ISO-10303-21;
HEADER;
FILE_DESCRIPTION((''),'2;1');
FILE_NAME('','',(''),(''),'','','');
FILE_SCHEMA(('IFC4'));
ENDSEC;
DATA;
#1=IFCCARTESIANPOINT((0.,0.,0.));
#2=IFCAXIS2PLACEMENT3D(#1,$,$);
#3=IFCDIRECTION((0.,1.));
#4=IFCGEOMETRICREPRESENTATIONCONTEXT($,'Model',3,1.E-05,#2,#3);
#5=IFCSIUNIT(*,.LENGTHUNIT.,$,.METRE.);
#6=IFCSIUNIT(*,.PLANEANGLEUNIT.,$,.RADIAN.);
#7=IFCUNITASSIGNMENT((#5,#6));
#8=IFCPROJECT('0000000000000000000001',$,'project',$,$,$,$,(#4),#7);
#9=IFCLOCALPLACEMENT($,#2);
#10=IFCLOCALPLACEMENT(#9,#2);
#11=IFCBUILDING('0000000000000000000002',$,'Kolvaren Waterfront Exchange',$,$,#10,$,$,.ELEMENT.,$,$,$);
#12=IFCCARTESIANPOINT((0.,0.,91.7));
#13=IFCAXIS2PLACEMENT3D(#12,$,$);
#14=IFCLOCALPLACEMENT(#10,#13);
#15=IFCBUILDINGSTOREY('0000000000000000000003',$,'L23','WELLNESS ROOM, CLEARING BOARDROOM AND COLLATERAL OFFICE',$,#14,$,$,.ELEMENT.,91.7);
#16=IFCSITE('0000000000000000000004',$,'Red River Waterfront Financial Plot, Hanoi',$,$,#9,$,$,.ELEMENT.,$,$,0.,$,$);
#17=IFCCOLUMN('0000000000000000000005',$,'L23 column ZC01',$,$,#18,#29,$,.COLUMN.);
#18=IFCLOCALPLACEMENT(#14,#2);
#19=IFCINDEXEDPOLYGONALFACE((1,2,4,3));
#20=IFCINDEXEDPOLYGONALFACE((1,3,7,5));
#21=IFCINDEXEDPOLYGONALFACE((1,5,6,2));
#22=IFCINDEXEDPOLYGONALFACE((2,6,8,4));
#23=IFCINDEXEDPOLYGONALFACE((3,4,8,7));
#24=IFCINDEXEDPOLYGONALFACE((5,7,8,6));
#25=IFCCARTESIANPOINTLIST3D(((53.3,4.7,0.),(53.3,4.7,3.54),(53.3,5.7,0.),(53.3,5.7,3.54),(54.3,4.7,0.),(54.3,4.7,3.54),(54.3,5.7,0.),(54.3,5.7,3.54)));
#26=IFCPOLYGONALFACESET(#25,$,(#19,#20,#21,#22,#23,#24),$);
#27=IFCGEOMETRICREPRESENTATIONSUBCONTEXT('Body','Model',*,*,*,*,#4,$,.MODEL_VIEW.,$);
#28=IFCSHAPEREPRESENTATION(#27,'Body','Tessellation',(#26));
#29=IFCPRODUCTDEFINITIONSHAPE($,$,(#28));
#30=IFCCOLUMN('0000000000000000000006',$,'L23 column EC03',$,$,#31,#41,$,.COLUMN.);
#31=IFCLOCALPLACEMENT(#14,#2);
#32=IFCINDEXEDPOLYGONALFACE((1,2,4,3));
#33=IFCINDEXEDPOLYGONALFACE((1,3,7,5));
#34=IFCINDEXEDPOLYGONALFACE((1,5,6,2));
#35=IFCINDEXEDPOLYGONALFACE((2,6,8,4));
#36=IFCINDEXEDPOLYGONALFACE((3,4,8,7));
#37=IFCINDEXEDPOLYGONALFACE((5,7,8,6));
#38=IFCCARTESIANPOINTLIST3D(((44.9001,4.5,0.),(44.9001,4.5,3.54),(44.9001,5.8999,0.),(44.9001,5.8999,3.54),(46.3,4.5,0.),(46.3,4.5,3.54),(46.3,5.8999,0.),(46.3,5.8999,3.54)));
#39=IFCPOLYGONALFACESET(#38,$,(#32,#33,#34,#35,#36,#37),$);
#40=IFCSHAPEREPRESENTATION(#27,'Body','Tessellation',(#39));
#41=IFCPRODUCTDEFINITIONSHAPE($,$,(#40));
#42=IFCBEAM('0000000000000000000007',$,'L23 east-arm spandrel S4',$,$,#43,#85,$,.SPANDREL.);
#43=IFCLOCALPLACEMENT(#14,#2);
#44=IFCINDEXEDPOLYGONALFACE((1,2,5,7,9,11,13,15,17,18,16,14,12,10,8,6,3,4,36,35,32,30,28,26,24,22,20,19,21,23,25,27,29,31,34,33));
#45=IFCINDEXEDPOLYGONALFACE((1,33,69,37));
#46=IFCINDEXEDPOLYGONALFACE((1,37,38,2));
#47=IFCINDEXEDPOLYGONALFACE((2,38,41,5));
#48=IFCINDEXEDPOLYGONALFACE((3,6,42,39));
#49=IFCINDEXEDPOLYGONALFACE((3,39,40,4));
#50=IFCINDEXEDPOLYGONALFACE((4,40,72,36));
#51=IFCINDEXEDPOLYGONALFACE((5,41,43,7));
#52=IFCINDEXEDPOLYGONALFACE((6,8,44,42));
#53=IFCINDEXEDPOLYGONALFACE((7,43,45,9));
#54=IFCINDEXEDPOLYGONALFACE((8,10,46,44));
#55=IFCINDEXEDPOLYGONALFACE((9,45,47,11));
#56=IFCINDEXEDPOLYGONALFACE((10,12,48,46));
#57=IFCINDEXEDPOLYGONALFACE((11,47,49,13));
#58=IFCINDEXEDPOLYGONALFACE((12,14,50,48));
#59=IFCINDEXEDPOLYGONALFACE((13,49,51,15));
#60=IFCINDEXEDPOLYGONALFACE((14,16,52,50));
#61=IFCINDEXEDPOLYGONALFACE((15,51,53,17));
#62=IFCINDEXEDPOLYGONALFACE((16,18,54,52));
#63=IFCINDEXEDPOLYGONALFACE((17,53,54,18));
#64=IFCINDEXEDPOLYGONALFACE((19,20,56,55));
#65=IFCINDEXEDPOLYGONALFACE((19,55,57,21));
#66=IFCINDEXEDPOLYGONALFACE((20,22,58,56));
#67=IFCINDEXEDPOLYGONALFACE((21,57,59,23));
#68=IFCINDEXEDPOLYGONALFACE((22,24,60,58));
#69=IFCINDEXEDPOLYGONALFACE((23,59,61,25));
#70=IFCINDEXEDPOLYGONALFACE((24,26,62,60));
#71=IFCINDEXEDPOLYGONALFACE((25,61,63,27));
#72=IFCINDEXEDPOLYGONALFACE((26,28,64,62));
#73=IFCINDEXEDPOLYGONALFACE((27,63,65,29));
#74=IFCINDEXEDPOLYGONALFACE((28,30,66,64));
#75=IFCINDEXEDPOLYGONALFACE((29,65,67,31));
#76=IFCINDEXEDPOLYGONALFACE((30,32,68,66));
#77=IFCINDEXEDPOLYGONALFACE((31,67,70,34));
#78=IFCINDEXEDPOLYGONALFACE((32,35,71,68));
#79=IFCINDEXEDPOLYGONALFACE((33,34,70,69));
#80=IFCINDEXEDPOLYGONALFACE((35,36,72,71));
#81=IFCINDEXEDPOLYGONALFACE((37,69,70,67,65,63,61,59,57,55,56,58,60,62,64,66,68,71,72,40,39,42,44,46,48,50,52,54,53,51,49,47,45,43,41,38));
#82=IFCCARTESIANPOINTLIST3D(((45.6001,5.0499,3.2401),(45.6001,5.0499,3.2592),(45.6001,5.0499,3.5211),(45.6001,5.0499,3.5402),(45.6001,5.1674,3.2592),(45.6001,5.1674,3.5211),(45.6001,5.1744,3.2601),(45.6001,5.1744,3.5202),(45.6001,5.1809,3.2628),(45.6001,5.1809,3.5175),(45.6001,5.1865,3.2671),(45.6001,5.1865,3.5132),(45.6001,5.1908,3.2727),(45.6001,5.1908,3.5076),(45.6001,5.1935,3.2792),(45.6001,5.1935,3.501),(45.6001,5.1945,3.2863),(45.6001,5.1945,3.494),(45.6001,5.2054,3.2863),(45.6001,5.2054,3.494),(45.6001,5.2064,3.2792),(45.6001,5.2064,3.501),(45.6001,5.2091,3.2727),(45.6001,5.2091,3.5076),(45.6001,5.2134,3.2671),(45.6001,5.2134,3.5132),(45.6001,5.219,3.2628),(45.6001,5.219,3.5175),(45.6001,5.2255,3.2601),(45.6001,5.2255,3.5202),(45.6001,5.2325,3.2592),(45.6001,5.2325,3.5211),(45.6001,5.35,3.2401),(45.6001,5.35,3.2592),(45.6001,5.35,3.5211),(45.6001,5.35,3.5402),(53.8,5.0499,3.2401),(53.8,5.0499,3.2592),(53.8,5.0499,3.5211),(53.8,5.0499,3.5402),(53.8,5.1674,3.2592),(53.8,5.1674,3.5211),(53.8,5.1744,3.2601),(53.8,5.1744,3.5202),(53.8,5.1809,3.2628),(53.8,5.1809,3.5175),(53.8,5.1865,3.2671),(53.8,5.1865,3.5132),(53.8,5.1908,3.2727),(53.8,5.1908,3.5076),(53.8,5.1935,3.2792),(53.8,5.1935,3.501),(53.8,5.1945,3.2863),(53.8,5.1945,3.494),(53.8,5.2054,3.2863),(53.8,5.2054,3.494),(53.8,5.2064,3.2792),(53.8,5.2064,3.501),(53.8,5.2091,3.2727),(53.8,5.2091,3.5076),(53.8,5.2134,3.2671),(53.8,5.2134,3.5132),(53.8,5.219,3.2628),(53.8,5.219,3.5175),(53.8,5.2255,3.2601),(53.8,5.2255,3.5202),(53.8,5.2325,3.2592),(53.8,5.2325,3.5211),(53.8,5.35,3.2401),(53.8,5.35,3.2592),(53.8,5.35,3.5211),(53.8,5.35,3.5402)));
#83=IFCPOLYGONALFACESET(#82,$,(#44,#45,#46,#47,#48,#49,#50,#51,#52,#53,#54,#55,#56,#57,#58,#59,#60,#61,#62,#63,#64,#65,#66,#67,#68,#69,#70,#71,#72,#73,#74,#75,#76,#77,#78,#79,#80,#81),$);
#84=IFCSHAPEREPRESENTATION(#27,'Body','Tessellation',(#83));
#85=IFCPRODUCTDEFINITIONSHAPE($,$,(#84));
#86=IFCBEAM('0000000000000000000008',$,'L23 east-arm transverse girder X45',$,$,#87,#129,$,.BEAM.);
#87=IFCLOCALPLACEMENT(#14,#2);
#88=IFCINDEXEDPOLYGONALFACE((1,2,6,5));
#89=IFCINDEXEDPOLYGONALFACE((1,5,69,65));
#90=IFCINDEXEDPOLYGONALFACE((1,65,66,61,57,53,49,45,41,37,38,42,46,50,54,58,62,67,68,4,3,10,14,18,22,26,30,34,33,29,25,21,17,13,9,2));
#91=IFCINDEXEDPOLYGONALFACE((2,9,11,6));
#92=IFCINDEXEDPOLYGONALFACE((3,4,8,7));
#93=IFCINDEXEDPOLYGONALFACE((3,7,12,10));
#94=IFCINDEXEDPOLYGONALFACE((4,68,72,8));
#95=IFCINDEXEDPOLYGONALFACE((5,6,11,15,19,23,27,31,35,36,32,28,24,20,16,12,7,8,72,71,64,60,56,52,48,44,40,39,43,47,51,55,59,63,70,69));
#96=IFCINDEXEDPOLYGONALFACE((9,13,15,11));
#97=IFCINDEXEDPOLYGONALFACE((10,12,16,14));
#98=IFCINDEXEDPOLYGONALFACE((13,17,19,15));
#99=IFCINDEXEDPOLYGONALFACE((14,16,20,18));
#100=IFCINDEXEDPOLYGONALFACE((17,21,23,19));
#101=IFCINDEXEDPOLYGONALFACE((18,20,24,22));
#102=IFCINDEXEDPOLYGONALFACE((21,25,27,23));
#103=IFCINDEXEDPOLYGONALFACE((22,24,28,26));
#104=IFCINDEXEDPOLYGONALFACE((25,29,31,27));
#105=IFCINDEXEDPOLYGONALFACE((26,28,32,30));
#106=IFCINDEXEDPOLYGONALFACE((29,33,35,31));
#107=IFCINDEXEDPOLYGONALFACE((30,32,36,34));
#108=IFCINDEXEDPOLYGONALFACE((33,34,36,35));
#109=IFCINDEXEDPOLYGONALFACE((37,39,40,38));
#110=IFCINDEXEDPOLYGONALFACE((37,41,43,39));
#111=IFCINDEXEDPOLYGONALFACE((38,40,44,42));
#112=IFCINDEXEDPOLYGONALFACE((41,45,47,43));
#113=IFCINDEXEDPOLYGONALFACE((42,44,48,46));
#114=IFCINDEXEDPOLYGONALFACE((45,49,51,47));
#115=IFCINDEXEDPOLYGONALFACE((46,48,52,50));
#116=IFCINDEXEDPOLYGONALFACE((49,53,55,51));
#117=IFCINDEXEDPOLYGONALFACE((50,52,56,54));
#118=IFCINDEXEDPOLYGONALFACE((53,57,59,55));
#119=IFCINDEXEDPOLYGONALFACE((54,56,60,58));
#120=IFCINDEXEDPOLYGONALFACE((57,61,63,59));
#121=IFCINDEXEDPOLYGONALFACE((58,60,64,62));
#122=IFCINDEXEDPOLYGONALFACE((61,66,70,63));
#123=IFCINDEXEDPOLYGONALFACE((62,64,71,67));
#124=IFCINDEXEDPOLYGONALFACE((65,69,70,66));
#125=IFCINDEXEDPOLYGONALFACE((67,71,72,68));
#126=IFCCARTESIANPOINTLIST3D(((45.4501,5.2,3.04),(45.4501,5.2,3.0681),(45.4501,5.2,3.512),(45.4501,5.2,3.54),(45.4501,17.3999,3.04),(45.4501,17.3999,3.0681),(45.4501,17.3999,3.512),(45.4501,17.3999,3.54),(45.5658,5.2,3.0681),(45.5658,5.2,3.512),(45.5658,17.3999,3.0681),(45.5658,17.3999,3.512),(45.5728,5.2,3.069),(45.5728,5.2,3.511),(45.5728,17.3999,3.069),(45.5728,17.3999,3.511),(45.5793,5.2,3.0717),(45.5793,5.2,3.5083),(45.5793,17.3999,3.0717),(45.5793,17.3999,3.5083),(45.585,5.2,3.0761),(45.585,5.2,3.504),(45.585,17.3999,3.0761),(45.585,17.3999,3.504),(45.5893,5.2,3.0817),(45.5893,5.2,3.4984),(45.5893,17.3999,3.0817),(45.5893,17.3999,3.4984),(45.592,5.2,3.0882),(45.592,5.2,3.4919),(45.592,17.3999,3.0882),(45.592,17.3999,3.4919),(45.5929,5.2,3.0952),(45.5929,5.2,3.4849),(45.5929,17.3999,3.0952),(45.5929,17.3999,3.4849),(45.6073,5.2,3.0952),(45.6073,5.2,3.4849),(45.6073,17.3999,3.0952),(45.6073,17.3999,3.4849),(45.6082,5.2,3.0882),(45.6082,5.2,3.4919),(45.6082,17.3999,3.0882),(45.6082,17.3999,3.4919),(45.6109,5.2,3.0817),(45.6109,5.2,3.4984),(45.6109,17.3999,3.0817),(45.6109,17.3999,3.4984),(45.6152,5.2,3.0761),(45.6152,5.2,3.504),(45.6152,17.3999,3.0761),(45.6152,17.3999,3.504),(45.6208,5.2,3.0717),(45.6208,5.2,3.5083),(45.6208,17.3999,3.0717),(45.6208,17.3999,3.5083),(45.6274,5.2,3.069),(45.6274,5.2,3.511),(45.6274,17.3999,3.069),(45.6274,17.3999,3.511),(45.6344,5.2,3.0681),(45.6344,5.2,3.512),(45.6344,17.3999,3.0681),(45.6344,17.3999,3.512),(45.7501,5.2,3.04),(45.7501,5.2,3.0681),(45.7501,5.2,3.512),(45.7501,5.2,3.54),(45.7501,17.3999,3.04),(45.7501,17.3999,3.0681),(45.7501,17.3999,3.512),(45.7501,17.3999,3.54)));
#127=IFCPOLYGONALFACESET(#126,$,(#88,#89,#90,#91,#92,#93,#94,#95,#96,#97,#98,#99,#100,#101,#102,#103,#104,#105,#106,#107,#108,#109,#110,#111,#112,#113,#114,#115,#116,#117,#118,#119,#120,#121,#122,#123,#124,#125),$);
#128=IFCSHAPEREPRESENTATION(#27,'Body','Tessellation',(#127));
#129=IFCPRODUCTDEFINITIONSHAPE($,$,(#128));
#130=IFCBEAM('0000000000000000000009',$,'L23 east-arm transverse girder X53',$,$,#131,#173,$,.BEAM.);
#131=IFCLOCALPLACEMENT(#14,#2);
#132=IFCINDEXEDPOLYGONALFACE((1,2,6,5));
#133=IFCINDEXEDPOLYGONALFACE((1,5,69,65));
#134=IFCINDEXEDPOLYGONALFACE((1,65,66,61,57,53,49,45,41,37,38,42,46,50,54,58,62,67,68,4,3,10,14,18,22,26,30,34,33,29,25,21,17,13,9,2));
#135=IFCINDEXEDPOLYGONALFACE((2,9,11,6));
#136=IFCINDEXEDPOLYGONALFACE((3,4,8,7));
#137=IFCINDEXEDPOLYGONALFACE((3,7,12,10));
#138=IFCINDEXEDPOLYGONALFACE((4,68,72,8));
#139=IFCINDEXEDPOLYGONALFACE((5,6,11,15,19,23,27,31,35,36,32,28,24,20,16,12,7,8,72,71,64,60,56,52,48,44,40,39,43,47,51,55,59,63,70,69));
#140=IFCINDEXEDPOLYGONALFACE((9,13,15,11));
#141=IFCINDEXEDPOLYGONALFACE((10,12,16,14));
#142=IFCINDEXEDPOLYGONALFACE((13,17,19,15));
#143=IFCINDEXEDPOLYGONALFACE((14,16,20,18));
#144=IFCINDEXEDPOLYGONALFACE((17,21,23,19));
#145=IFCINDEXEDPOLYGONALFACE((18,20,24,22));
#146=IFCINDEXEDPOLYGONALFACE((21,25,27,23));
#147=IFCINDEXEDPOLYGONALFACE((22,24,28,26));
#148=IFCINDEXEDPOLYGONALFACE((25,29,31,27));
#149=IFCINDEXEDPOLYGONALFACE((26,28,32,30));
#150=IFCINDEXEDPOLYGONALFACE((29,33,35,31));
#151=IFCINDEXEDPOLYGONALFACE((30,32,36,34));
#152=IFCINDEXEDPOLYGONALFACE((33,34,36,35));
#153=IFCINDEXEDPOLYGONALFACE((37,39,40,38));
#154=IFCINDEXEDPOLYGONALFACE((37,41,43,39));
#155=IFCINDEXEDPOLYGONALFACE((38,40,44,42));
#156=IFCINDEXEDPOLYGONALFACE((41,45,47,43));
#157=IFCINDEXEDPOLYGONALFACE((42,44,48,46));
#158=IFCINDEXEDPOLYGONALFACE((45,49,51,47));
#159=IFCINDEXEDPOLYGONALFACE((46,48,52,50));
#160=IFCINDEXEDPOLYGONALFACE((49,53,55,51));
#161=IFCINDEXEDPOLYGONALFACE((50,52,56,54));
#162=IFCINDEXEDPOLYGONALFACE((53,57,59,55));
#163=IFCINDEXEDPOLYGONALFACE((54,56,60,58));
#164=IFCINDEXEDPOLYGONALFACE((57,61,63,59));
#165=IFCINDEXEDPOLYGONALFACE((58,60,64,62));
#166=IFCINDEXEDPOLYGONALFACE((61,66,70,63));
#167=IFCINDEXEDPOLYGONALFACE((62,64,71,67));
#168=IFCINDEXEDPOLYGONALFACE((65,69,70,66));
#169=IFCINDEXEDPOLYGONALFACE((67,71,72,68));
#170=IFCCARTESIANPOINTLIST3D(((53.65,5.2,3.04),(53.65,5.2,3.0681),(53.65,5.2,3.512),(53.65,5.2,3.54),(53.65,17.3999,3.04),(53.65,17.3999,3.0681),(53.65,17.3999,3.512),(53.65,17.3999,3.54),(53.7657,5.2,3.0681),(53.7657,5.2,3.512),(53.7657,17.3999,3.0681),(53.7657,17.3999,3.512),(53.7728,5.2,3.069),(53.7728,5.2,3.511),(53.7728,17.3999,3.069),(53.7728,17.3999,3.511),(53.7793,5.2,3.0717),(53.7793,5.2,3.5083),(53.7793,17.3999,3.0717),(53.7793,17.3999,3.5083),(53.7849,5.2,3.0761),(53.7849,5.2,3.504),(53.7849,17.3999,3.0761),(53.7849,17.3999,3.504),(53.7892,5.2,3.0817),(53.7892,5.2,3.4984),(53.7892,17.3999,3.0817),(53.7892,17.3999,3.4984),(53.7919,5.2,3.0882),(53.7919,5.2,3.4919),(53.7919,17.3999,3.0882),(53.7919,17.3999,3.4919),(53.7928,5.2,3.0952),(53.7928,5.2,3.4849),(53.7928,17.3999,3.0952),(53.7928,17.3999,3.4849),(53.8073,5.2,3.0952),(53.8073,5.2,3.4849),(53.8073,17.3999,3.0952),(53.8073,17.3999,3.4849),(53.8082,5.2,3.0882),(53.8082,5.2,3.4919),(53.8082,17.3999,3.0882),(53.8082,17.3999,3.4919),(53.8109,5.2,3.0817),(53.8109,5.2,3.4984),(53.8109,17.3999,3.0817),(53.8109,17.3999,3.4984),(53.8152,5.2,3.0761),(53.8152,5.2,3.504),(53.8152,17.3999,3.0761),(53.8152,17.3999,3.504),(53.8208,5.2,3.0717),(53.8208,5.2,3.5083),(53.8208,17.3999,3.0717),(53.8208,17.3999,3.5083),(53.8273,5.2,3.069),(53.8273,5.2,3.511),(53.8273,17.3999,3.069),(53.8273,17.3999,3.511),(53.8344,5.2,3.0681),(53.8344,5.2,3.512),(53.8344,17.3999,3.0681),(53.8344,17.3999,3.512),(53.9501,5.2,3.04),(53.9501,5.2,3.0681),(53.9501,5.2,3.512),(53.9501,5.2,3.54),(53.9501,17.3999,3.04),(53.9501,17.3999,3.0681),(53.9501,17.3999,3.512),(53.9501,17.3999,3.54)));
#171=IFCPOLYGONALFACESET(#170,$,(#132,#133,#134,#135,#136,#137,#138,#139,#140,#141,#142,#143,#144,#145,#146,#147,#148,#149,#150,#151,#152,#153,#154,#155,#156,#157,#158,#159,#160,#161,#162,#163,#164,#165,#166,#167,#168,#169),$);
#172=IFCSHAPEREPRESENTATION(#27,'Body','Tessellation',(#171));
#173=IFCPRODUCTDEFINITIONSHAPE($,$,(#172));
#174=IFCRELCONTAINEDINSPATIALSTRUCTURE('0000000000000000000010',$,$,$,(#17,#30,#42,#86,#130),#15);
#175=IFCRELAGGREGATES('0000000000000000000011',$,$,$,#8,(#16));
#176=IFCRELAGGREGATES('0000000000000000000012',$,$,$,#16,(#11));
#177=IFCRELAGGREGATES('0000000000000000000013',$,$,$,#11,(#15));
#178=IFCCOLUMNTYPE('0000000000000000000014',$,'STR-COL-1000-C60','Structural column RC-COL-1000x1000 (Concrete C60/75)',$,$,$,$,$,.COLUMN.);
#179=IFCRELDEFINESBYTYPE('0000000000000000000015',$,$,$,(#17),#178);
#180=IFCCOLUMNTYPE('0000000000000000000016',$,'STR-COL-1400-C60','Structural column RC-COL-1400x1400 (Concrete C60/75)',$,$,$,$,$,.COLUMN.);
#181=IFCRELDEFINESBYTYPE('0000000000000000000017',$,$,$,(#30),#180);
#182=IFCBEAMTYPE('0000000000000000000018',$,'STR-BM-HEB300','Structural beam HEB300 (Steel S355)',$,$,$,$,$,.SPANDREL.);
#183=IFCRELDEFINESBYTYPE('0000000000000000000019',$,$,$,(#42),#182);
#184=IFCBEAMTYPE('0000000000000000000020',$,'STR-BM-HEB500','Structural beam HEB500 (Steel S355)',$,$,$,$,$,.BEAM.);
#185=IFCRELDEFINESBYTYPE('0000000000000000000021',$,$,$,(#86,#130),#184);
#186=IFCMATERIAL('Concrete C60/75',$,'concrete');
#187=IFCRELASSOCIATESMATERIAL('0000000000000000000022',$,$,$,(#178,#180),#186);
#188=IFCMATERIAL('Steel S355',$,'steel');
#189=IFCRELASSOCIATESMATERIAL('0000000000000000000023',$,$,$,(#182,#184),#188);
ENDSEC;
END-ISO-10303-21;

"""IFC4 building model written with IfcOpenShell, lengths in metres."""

from ifc_helpers import new_model, si_unit, direction, frame, origin, origin_2d, place, context, subcontext, project, spatial, rectangle, i_section, extrude, material, material_profile, profile_set, type_object, element, save


model = new_model("IFC4")

# Units and contexts
model_context = context("Model", 3, precision=1e-05, world=origin(), true_north=direction((0.0, 1.0)))
body_context = subcontext(model_context, "Body", "Model", "MODEL_VIEW")
ifc_project = project(units=[si_unit("LENGTHUNIT", "METRE"), si_unit("PLANEANGLEUNIT", "RADIAN")], contexts=[model_context])

# Site, building, storey
site_placement = place(None, origin())
site = spatial("IfcSite", under=ifc_project, at=site_placement, Name="Red River Waterfront Financial Plot, Hanoi", CompositionType="ELEMENT", RefElevation=0.0)
building_placement = place(site_placement, origin())
building = spatial("IfcBuilding", under=site, at=building_placement, Name="Kolvaren Waterfront Exchange", CompositionType="ELEMENT")
storey_placement = place(building_placement, frame((0.0, 0.0, 91.7)))
storey = spatial("IfcBuildingStorey", under=building, at=storey_placement, Name="L23", Description="WELLNESS ROOM, CLEARING BOARDROOM AND COLLATERAL OFFICE", CompositionType="ELEMENT", Elevation=91.7)

# Columns
ifc_material_1 = material(Name="Concrete C60/75", Category="concrete")
ifc_material_profile_1 = material_profile(ifc_material_1, rectangle(XDim=1.0, YDim=1.0, at=origin_2d()), Name="RC-COL-1000x1000")
ifc_profile_set_1 = profile_set([ifc_material_profile_1], Name="Concrete C60/75")
column_type_1 = type_object("IfcColumnType", Name="STR-COL-1000-C60", Description="Structural column RC-COL-1000x1000 (Concrete C60/75)", PredefinedType="COLUMN", material=ifc_profile_set_1)
column_1_placement = place(storey_placement, frame((53.8, 5.2, 0.0), z_axis=(0.0, 0.0, 1.0), x_axis=(1.0, 0.0, 0.0)))
element("IfcColumn", 1, at=column_1_placement, inside=storey, type_object=column_type_1, Name="L23 column ZC01", PredefinedType="COLUMN", context=body_context, shape_type="SweptSolid", body=[
    extrude(rectangle(XDim=1.0, YDim=1.0, at=origin_2d()), origin(), (0.0, 0.0, 1.0), 3.54),
])
ifc_material_profile_2 = material_profile(ifc_material_1, rectangle(XDim=1.3999, YDim=1.3999, at=origin_2d()), Name="RC-COL-1400x1400")
ifc_profile_set_2 = profile_set([ifc_material_profile_2], Name="Concrete C60/75")
column_type_2 = type_object("IfcColumnType", Name="STR-COL-1400-C60", Description="Structural column RC-COL-1400x1400 (Concrete C60/75)", PredefinedType="COLUMN", material=ifc_profile_set_2)
column_2_placement = place(storey_placement, frame((45.6001, 5.2, 0.0), z_axis=(0.0, 0.0, 1.0), x_axis=(1.0, 0.0, 0.0)))
element("IfcColumn", 2, at=column_2_placement, inside=storey, type_object=column_type_2, Name="L23 column EC03", PredefinedType="COLUMN", context=body_context, shape_type="SweptSolid", body=[
    extrude(rectangle(XDim=1.3999, YDim=1.3999, at=origin_2d()), origin(), (0.0, 0.0, 1.0), 3.54),
])

# Beams
ifc_material_2 = material(Name="Steel S355", Category="steel")
ifc_material_profile_3 = material_profile(ifc_material_2, i_section(OverallWidth=0.3, OverallDepth=0.3, WebThickness=0.011, FlangeThickness=0.019, FilletRadius=0.0271, at=origin_2d()), Name="HEB300")
ifc_profile_set_3 = profile_set([ifc_material_profile_3], Name="Steel S355")
beam_type_1 = type_object("IfcBeamType", Name="STR-BM-HEB300", Description="Structural beam HEB300 (Steel S355)", PredefinedType="SPANDREL", material=ifc_profile_set_3)
beam_1_placement = place(storey_placement, frame((45.6001, 5.2, 3.3901), z_axis=(1.0, 0.0, 0.0), x_axis=(0.0, 1.0, 0.0)))
element("IfcBeam", 3, at=beam_1_placement, inside=storey, type_object=beam_type_1, Name="L23 east-arm spandrel S4", PredefinedType="SPANDREL", context=body_context, shape_type="SweptSolid", body=[
    extrude(i_section(OverallWidth=0.3, OverallDepth=0.3, WebThickness=0.011, FlangeThickness=0.019, FilletRadius=0.0271, at=origin_2d()), origin(), (0.0, 0.0, 1.0), 8.2),
])
ifc_material_profile_4 = material_profile(ifc_material_2, i_section(OverallWidth=0.3, OverallDepth=0.5, WebThickness=0.0144, FlangeThickness=0.0281, FilletRadius=0.0271, at=origin_2d()), Name="HEB500")
ifc_profile_set_4 = profile_set([ifc_material_profile_4], Name="Steel S355")
beam_type_2 = type_object("IfcBeamType", Name="STR-BM-HEB500", Description="Structural beam HEB500 (Steel S355)", PredefinedType="BEAM", material=ifc_profile_set_4)
for number, where, z_axis, x_axis, name in (
    (4, (45.6001, 5.2, 3.29), (0.0, 1.0, 0.0), (-1.0, 0.0, 0.0), "L23 east-arm transverse girder X45"),
    (5, (53.8, 5.2, 3.29), (0.0, 1.0, 0.0), (-1.0, 0.0, 0.0), "L23 east-arm transverse girder X53"),
):
    element("IfcBeam", number, at=place(storey_placement, frame(where, z_axis=z_axis, x_axis=x_axis)), inside=storey, type_object=beam_type_2, Name=name, PredefinedType="BEAM", context=body_context, shape_type="SweptSolid", body=[
        extrude(i_section(OverallWidth=0.3, OverallDepth=0.5, WebThickness=0.0144, FlangeThickness=0.0281, FilletRadius=0.0271, at=origin_2d()), origin(), (0.0, 0.0, 1.0), 12.2),
    ])

save(model, "model.ifc")
